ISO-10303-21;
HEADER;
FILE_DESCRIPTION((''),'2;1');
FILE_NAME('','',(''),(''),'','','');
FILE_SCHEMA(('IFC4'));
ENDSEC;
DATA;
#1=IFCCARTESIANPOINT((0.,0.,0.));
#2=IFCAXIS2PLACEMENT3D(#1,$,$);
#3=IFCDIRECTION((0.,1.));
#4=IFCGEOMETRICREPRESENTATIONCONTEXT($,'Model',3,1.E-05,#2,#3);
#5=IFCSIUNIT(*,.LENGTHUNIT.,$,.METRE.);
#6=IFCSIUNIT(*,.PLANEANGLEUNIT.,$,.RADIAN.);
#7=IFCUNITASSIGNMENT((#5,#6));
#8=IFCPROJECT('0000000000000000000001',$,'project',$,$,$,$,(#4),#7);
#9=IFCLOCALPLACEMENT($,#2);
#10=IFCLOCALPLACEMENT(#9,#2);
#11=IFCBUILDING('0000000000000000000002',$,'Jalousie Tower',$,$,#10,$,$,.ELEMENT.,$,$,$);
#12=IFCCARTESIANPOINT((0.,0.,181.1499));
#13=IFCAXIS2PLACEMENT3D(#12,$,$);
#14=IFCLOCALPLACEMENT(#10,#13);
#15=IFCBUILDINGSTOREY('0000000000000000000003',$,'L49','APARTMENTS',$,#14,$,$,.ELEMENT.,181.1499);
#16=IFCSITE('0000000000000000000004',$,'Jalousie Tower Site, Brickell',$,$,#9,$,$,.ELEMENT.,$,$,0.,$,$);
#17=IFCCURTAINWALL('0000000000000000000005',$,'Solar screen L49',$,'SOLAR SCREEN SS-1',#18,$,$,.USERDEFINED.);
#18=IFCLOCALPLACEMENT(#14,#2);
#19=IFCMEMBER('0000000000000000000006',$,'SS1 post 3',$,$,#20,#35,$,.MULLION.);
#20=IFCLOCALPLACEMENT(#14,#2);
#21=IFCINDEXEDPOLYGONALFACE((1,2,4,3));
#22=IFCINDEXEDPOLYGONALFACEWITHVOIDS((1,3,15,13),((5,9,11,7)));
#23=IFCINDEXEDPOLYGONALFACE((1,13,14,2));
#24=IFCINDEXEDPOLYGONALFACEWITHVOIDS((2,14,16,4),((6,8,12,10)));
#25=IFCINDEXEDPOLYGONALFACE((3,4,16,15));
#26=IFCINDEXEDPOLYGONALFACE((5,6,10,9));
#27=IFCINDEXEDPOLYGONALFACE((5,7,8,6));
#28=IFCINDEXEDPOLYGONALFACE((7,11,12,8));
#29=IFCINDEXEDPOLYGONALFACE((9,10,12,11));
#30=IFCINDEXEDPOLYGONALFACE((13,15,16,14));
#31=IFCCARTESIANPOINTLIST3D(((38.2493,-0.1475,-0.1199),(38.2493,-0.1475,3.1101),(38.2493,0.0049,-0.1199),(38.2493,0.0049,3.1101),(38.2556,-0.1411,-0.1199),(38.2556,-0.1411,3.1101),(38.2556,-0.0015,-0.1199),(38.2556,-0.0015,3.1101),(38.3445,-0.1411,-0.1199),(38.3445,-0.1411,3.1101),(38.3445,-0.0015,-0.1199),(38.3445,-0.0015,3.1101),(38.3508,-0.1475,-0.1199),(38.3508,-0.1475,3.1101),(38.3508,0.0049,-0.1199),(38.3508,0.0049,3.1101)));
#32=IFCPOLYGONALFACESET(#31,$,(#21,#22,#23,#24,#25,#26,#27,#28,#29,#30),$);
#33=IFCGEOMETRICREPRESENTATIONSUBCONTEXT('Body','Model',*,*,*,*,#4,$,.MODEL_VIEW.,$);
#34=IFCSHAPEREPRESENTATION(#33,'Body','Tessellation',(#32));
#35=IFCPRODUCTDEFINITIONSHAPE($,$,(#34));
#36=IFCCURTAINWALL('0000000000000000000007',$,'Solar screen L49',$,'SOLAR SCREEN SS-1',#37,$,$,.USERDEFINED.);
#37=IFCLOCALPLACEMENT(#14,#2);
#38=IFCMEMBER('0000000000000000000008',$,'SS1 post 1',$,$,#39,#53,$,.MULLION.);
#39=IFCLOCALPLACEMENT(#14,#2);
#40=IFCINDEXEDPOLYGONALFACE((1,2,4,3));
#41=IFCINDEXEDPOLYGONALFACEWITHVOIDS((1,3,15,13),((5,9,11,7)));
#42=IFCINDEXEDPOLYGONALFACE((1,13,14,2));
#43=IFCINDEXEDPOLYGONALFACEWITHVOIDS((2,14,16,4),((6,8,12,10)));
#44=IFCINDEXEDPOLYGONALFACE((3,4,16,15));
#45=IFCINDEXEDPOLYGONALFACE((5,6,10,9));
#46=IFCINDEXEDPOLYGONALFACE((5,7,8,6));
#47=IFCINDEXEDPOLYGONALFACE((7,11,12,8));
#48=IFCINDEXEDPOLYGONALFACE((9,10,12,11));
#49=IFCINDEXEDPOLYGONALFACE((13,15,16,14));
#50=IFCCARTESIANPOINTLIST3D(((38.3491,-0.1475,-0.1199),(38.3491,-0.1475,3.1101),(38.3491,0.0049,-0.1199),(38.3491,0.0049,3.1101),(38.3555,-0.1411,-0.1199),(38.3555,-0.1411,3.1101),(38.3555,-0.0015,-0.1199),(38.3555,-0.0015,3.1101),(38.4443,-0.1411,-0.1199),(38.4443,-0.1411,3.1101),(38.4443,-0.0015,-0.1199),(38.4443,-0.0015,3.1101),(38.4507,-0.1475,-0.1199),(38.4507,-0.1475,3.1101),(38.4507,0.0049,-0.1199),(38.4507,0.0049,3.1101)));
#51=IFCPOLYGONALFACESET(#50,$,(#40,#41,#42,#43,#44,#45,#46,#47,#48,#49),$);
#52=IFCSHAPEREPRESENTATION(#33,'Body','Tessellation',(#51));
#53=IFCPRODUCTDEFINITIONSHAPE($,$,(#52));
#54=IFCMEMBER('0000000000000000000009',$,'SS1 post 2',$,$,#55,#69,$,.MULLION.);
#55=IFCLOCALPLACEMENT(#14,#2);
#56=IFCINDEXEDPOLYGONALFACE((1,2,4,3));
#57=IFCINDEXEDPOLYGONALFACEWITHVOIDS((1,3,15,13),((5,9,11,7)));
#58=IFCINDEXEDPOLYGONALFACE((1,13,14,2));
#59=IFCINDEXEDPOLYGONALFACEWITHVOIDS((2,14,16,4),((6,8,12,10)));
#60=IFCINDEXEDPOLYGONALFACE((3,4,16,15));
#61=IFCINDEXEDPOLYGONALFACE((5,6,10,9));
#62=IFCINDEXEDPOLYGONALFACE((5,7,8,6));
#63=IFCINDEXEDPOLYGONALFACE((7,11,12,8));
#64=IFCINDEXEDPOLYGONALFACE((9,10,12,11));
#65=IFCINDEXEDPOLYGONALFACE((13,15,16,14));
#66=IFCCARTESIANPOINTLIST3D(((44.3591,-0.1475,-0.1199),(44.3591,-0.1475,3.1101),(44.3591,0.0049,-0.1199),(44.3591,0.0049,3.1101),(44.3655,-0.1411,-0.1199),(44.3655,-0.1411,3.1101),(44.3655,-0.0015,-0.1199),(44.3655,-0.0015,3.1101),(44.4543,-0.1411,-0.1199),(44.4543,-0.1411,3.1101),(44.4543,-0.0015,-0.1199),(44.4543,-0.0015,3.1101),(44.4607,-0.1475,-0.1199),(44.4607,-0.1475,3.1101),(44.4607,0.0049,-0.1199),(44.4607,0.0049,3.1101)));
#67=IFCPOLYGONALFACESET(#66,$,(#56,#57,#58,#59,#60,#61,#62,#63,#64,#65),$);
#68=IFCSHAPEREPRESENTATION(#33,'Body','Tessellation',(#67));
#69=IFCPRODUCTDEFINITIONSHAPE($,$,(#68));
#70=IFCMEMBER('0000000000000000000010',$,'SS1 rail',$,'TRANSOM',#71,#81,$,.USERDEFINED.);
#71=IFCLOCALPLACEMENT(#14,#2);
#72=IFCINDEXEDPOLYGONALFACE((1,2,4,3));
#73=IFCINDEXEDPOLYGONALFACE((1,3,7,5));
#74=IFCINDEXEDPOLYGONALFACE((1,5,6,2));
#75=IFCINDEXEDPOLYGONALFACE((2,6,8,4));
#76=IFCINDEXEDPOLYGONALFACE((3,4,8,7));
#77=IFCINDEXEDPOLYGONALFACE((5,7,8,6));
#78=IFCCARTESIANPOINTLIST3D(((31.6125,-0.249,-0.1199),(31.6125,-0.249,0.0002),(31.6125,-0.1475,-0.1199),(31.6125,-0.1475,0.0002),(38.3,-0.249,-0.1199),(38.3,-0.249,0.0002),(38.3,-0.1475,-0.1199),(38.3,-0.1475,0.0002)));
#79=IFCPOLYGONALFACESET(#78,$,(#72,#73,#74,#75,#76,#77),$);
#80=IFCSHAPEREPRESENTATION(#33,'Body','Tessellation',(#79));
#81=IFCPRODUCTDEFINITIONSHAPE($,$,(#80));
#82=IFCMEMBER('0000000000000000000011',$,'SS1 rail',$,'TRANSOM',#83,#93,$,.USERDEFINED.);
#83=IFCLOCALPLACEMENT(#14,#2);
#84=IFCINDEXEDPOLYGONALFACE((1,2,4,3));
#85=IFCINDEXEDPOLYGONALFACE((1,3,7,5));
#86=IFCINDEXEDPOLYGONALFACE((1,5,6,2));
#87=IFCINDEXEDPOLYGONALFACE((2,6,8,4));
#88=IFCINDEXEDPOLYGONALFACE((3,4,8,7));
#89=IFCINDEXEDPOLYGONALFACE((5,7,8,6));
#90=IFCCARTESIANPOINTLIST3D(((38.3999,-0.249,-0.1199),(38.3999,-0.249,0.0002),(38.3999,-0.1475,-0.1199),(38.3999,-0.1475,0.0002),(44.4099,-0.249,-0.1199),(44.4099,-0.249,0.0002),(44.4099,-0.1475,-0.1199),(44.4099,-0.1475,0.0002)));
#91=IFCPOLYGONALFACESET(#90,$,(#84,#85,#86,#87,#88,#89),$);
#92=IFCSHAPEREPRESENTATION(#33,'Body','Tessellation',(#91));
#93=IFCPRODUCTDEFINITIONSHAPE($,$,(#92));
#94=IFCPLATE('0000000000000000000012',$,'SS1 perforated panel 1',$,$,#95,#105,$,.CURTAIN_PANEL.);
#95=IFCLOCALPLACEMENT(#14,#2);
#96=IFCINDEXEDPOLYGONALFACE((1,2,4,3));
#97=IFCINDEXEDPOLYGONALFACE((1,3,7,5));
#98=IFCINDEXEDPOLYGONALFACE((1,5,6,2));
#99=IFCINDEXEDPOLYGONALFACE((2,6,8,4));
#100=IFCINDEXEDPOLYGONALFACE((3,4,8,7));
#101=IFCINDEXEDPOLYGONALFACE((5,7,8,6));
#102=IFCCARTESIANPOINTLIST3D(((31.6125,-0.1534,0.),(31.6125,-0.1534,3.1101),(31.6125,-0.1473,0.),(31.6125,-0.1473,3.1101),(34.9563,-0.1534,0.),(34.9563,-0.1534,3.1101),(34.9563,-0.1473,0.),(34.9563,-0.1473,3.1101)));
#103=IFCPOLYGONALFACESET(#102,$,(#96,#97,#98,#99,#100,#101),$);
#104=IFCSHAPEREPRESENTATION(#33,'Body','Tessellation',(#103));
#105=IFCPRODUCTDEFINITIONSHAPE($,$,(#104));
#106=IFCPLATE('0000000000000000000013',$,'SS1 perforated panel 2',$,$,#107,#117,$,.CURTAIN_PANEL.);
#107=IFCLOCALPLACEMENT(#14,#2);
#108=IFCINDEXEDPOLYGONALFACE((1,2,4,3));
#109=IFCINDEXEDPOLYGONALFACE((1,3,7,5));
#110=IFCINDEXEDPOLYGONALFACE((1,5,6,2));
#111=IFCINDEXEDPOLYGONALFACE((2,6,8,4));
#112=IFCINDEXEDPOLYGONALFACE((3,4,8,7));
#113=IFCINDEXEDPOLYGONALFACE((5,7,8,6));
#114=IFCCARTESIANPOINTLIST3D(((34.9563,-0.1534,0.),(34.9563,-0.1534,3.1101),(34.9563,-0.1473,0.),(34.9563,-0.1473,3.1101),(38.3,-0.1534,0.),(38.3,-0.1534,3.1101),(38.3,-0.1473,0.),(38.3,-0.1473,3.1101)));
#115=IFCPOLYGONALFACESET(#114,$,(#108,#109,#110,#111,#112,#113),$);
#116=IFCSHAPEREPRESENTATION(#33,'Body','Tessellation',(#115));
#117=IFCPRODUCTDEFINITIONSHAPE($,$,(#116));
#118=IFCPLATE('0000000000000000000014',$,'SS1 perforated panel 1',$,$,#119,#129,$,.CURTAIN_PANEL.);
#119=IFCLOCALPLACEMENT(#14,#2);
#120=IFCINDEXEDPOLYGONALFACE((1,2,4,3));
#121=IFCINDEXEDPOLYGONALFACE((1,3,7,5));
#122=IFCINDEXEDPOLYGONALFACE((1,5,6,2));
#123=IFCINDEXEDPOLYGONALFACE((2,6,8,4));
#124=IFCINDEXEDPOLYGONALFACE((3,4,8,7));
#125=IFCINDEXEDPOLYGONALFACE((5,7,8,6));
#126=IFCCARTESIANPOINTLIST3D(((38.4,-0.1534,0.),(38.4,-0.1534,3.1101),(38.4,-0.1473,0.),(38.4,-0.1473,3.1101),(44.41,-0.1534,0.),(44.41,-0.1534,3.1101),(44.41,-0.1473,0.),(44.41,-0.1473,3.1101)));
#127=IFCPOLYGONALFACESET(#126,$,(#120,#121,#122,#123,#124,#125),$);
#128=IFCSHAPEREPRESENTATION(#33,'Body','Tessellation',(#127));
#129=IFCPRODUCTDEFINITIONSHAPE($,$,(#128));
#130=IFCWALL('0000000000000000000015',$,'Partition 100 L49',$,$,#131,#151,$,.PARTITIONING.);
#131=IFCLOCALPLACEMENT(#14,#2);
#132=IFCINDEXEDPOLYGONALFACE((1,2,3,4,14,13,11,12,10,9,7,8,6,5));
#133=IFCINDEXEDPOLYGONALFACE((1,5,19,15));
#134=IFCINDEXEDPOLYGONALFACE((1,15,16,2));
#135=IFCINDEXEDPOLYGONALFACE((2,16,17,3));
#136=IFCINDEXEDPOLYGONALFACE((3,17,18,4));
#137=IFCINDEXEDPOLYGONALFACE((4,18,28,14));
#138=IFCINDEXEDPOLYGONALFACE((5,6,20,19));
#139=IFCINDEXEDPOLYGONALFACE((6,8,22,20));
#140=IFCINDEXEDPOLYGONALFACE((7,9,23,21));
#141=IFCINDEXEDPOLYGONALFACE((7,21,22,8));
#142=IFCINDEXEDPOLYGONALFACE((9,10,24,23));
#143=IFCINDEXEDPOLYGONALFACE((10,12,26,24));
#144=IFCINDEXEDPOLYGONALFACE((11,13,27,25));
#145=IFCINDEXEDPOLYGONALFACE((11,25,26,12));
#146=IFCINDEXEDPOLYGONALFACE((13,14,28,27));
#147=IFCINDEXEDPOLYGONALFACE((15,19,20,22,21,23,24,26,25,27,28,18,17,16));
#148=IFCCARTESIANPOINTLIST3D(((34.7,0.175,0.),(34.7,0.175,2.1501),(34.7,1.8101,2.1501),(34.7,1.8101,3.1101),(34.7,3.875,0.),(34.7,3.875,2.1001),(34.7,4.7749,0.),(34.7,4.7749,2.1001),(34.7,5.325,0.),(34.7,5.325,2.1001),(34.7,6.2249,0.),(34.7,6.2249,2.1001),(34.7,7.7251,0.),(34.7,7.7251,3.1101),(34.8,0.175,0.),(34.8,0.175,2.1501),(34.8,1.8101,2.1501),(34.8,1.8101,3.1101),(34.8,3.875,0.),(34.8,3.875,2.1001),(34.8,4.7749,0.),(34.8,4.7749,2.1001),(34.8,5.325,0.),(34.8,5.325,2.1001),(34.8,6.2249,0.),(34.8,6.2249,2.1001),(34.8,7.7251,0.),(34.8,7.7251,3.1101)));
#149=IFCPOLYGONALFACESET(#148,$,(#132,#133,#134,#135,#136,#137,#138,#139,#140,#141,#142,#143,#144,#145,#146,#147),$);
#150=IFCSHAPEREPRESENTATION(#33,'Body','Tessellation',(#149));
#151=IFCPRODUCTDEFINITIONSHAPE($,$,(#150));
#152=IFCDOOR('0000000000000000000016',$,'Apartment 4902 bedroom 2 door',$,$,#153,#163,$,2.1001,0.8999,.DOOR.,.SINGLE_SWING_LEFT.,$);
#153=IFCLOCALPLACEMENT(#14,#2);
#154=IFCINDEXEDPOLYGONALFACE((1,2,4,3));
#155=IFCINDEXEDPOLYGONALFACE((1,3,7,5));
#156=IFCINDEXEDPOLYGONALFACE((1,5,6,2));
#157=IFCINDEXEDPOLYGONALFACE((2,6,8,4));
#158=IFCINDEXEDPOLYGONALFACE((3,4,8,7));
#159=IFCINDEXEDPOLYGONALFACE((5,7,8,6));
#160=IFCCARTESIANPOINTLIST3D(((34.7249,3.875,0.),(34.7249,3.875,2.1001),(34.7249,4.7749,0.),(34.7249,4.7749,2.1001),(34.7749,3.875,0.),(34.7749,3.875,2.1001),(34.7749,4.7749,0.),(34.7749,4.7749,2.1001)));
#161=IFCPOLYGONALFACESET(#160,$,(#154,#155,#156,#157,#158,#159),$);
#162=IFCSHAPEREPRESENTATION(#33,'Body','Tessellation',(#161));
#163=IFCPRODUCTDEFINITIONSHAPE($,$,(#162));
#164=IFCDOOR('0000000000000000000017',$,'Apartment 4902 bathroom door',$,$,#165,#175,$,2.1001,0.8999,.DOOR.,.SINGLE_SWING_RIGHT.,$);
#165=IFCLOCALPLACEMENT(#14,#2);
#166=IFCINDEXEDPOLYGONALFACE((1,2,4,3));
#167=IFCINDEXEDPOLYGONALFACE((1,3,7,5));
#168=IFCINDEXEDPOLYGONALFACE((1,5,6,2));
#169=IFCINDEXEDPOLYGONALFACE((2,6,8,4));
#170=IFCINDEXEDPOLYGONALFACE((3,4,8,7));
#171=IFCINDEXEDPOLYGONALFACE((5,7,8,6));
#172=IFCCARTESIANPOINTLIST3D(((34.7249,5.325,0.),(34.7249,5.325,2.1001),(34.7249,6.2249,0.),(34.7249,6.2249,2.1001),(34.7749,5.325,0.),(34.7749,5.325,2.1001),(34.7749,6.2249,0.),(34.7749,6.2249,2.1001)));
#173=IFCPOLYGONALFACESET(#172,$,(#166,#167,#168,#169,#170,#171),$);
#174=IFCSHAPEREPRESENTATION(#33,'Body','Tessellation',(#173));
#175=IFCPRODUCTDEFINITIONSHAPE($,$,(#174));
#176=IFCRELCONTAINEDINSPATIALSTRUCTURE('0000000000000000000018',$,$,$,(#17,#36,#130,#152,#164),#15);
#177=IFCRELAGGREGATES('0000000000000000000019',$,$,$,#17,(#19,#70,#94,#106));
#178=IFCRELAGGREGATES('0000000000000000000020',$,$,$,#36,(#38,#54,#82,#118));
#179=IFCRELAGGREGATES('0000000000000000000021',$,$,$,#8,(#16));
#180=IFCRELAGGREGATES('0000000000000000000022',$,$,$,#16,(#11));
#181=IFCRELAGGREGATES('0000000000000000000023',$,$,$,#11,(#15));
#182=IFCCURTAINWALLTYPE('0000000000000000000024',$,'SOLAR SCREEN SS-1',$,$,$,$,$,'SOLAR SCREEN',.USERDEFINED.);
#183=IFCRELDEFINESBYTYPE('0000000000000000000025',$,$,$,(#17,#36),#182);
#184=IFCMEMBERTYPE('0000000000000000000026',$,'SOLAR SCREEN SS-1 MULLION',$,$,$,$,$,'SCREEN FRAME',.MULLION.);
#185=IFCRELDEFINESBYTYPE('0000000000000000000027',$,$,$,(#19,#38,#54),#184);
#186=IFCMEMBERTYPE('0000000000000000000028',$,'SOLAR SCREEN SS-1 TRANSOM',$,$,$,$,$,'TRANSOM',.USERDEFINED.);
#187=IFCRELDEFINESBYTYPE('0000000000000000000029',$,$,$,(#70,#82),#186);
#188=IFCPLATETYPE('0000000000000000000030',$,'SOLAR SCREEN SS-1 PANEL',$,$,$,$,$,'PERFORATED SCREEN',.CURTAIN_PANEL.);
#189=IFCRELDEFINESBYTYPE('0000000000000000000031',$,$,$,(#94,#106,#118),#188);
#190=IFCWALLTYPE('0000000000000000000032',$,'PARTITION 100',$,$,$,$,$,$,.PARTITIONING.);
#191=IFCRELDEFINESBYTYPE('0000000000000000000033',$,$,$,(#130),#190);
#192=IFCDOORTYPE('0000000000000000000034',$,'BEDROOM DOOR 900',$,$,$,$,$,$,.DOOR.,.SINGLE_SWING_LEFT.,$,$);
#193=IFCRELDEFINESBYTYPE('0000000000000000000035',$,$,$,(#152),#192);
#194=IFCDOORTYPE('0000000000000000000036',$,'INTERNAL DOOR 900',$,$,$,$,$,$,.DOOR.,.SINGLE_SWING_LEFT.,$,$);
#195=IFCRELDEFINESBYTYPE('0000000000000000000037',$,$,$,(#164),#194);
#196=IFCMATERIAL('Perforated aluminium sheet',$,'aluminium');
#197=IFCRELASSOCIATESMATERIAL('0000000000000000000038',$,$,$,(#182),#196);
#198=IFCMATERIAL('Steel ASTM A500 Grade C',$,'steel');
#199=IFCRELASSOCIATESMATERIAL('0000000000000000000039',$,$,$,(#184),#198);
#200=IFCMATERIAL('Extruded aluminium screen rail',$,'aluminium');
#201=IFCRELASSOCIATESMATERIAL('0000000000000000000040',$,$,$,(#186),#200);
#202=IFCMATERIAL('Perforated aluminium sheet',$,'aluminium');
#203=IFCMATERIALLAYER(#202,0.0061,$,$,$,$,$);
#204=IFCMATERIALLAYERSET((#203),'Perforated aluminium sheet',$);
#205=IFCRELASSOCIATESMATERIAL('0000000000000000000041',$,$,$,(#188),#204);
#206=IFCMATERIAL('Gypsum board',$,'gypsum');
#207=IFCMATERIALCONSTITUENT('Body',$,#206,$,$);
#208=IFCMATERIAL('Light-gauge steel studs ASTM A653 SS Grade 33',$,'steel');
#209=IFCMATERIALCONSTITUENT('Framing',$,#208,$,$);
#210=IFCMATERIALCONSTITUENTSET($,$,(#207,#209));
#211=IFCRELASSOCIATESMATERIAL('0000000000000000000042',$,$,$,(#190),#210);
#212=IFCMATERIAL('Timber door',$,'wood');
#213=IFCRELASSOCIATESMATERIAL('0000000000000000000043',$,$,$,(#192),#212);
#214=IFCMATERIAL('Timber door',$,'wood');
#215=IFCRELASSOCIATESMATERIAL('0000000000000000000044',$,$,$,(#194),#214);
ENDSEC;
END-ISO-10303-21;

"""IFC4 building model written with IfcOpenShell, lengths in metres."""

from ifc_helpers import new_model, si_unit, direction, frame, frame_2d, origin, origin_2d, place, context, subcontext, project, spatial, polyline, rectangle, hollow_rectangle, outline, extrude, material, layer, layer_set, constituent, constituent_set, material_profile, profile_set, type_object, element, fill, aggregate, save


model = new_model("IFC4")

# Units and contexts
model_context = context("Model", 3, precision=1e-05, world=origin(), true_north=direction((0.0, 1.0)))
body_context = subcontext(model_context, "Body", "Model", "MODEL_VIEW")
ifc_project = project(units=[si_unit("LENGTHUNIT", "METRE"), si_unit("PLANEANGLEUNIT", "RADIAN")], contexts=[model_context])

# Site, building, storey
site_placement = place(None, origin())
site = spatial("IfcSite", under=ifc_project, at=site_placement, Name="Jalousie Tower Site, Brickell", CompositionType="ELEMENT", RefElevation=0.0)
building_placement = place(site_placement, origin())
building = spatial("IfcBuilding", under=site, at=building_placement, Name="Jalousie Tower", CompositionType="ELEMENT")
storey_placement = place(building_placement, frame((0.0, 0.0, 181.1499)))
storey = spatial("IfcBuildingStorey", under=building, at=storey_placement, Name="L49", Description="APARTMENTS", CompositionType="ELEMENT", Elevation=181.1499)

# Curtain walls, members
ifc_material_1 = material(Name="Perforated aluminium sheet", Category="aluminium")
curtain_wall_type = type_object("IfcCurtainWallType", Name="SOLAR SCREEN SS-1", ElementType="SOLAR SCREEN", PredefinedType="USERDEFINED", material=ifc_material_1)
curtain_wall_1_placement = place(storey_placement, origin())
curtain_wall_1 = element("IfcCurtainWall", 1, at=curtain_wall_1_placement, inside=storey, type_object=curtain_wall_type, Name="Solar screen L49", ObjectType="SOLAR SCREEN SS-1", PredefinedType="USERDEFINED")
ifc_material_2 = material(Name="Steel ASTM A500 Grade C", Category="steel")
ifc_material_profile_1 = material_profile(ifc_material_2, hollow_rectangle(XDim=0.1016, YDim=0.1523, WallThickness=0.0063, at=origin_2d()), Name="HSS6X4X1/4")
ifc_profile_set_1 = profile_set([ifc_material_profile_1], Name="Steel ASTM A500 Grade C")
member_type_1 = type_object("IfcMemberType", Name="SOLAR SCREEN SS-1 MULLION", ElementType="SCREEN FRAME", PredefinedType="MULLION", material=ifc_profile_set_1)
member_1_placement = place(storey_placement, frame((38.3, -0.0713, -0.1199), z_axis=(0.0, 0.0, 1.0), x_axis=(1.0, 0.0, 0.0)))
member_1 = element("IfcMember", 2, at=member_1_placement, type_object=member_type_1, Name="SS1 post 3", PredefinedType="MULLION", context=body_context, shape_type="SweptSolid", body=[
    extrude(hollow_rectangle(XDim=0.1016, YDim=0.1523, WallThickness=0.0063, at=origin_2d()), origin(), (0.0, 0.0, 1.0), 3.23),
])
curtain_wall_2_placement = place(storey_placement, origin())
curtain_wall_2 = element("IfcCurtainWall", 3, at=curtain_wall_2_placement, inside=storey, type_object=curtain_wall_type, Name="Solar screen L49", ObjectType="SOLAR SCREEN SS-1", PredefinedType="USERDEFINED")
member_2_placement = place(storey_placement, frame((38.3999, -0.0713, -0.1199), z_axis=(0.0, 0.0, 1.0), x_axis=(1.0, 0.0, 0.0)))
member_2 = element("IfcMember", 4, at=member_2_placement, type_object=member_type_1, Name="SS1 post 1", PredefinedType="MULLION", context=body_context, shape_type="SweptSolid", body=[
    extrude(hollow_rectangle(XDim=0.1016, YDim=0.1523, WallThickness=0.0063, at=origin_2d()), origin(), (0.0, 0.0, 1.0), 3.23),
])
member_3_placement = place(storey_placement, frame((44.4099, -0.0713, -0.1199), z_axis=(0.0, 0.0, 1.0), x_axis=(1.0, 0.0, 0.0)))
member_3 = element("IfcMember", 5, at=member_3_placement, type_object=member_type_1, Name="SS1 post 2", PredefinedType="MULLION", context=body_context, shape_type="SweptSolid", body=[
    extrude(hollow_rectangle(XDim=0.1016, YDim=0.1523, WallThickness=0.0063, at=origin_2d()), origin(), (0.0, 0.0, 1.0), 3.23),
])

# Members
ifc_material_3 = material(Name="Extruded aluminium screen rail", Category="aluminium")
ifc_material_profile_2 = material_profile(ifc_material_3, rectangle(XDim=0.1016, YDim=0.1201, at=origin_2d()), Name="RAIL 102x120")
ifc_profile_set_2 = profile_set([ifc_material_profile_2], Name="Extruded aluminium screen rail")
member_type_2 = type_object("IfcMemberType", Name="SOLAR SCREEN SS-1 TRANSOM", ElementType="TRANSOM", PredefinedType="USERDEFINED", material=ifc_profile_set_2)
member_4_placement = place(storey_placement, frame((31.6125, -0.1982, -0.0598), z_axis=(1.0, 0.0, 0.0), x_axis=(0.0, 1.0, 0.0)))
member_4 = element("IfcMember", 6, at=member_4_placement, type_object=member_type_2, Name="SS1 rail", ObjectType="TRANSOM", PredefinedType="USERDEFINED", context=body_context, shape_type="SweptSolid", body=[
    extrude(rectangle(XDim=0.1016, YDim=0.1201, at=origin_2d()), origin(), (0.0, 0.0, 1.0), 6.6875),
])
member_5_placement = place(storey_placement, frame((38.3999, -0.1982, -0.0598), z_axis=(1.0, 0.0, 0.0), x_axis=(0.0, 1.0, 0.0)))
member_5 = element("IfcMember", 7, at=member_5_placement, type_object=member_type_2, Name="SS1 rail", ObjectType="TRANSOM", PredefinedType="USERDEFINED", context=body_context, shape_type="SweptSolid", body=[
    extrude(rectangle(XDim=0.1016, YDim=0.1201, at=origin_2d()), origin(), (0.0, 0.0, 1.0), 6.01),
])

# Plates
ifc_material_4 = material(Name="Perforated aluminium sheet", Category="aluminium")
ifc_layer = layer(ifc_material_4, 0.0061)
ifc_layer_set = layer_set([ifc_layer], Name="Perforated aluminium sheet")
plate_type = type_object("IfcPlateType", Name="SOLAR SCREEN SS-1 PANEL", ElementType="PERFORATED SCREEN", PredefinedType="CURTAIN_PANEL", material=ifc_layer_set)
plate_1_placement = place(storey_placement, frame((33.2844, -0.1504, 0.0), z_axis=(0.0, 0.0, 1.0), x_axis=(1.0, 0.0, 0.0)))
plate_1 = element("IfcPlate", 8, at=plate_1_placement, type_object=plate_type, Name="SS1 perforated panel 1", PredefinedType="CURTAIN_PANEL", context=body_context, shape_type="SweptSolid", body=[
    extrude(rectangle(XDim=3.3438, YDim=0.0061, at=origin_2d()), origin(), (0.0, 0.0, 1.0), 3.1101),
])
plate_2_placement = place(storey_placement, frame((36.6282, -0.1504, 0.0), z_axis=(0.0, 0.0, 1.0), x_axis=(1.0, 0.0, 0.0)))
plate_2 = element("IfcPlate", 9, at=plate_2_placement, type_object=plate_type, Name="SS1 perforated panel 2", PredefinedType="CURTAIN_PANEL", context=body_context, shape_type="SweptSolid", body=[
    extrude(rectangle(XDim=3.3438, YDim=0.0061, at=origin_2d()), origin(), (0.0, 0.0, 1.0), 3.1101),
])
aggregate(curtain_wall_1, [member_1, member_4, plate_1, plate_2])
plate_3_placement = place(storey_placement, frame((41.405, -0.1504, 0.0), z_axis=(0.0, 0.0, 1.0), x_axis=(1.0, 0.0, 0.0)))
plate_3 = element("IfcPlate", 10, at=plate_3_placement, type_object=plate_type, Name="SS1 perforated panel 1", PredefinedType="CURTAIN_PANEL", context=body_context, shape_type="SweptSolid", body=[
    extrude(rectangle(XDim=6.01, YDim=0.0061, at=origin_2d()), origin(), (0.0, 0.0, 1.0), 3.1101),
])
aggregate(curtain_wall_2, [member_2, member_3, member_5, plate_3])

# Wall, openings, doors
ifc_material_5 = material(Name="Gypsum board", Category="gypsum")
ifc_constituent_1 = constituent(ifc_material_5, Name="Body")
ifc_material_6 = material(Name="Light-gauge steel studs ASTM A653 SS Grade 33", Category="steel")
ifc_constituent_2 = constituent(ifc_material_6, Name="Framing")
ifc_constituent_set_1 = constituent_set(constituents=[ifc_constituent_1, ifc_constituent_2])
wall_type_1 = type_object("IfcWallType", Name="PARTITION 100", PredefinedType="PARTITIONING", material=ifc_constituent_set_1)
wall_1_placement = place(storey_placement, frame((34.75, 0.175, 0.0), z_axis=(0.0, 0.0, 1.0), x_axis=(0.0, 1.0, 0.0)))
wall_1 = element("IfcWall", 11, at=wall_1_placement, inside=storey, type_object=wall_type_1, Name="Partition 100 L49", PredefinedType="PARTITIONING", context=body_context, shape_type="SweptSolid", body=[
    extrude(outline(polyline([(0.0, 0.0), (7.55, 0.0), (7.55, 3.1101), (1.635, 3.1101), (1.635, 2.1501), (0.0, 2.1501), (0.0, 3.1101), (0.0, 0.0)])), frame((0.0, 0.05, 0.0), z_axis=(0.0, -1.0, 0.0), x_axis=(1.0, 0.0, 0.0)), (0.0, 0.0, 1.0), 0.1001),
])
opening_1_placement = place(wall_1_placement, frame((3.7, 0.0, 0.0)))
opening_1 = element("IfcOpeningElement", 12, at=opening_1_placement, cuts=wall_1, PredefinedType="OPENING", context=body_context, shape_type="SweptSolid", body=[
    extrude(rectangle(XDim=0.8999, YDim=2.1001, at=frame_2d((0.45, 1.05))), frame((0.0, 0.0601, 0.0), z_axis=(0.0, -1.0, 0.0), x_axis=(1.0, 0.0, 0.0)), (0.0, 0.0, 1.0), 0.1201),
])
opening_2_placement = place(wall_1_placement, frame((5.1499, 0.0, 0.0)))
opening_2 = element("IfcOpeningElement", 13, at=opening_2_placement, cuts=wall_1, PredefinedType="OPENING", context=body_context, shape_type="SweptSolid", body=[
    extrude(rectangle(XDim=0.8999, YDim=2.1001, at=frame_2d((0.45, 1.05))), frame((0.0, 0.0601, 0.0), z_axis=(0.0, -1.0, 0.0), x_axis=(1.0, 0.0, 0.0)), (0.0, 0.0, 1.0), 0.1201),
])
ifc_material_7 = material(Name="Timber door", Category="wood")
door_type_1 = type_object("IfcDoorType", Name="BEDROOM DOOR 900", OperationType="SINGLE_SWING_LEFT", PredefinedType="DOOR", material=ifc_material_7)
door_1_placement = place(opening_1_placement, frame((0.8999, 0.0, 0.0), z_axis=(0.0, 0.0, 1.0), x_axis=(-1.0, 0.0, 0.0)))
door_1 = element("IfcDoor", 14, at=door_1_placement, inside=storey, type_object=door_type_1, Name="Apartment 4902 bedroom 2 door", OperationType="SINGLE_SWING_LEFT", OverallHeight=2.1001, OverallWidth=0.8999, PredefinedType="DOOR", context=body_context, shape_type="SweptSolid", body=[
    extrude(rectangle(XDim=0.8999, YDim=2.1001, at=frame_2d((0.45, 1.05))), frame((0.0, 0.0249, 0.0), z_axis=(0.0, -1.0, 0.0), x_axis=(1.0, 0.0, 0.0)), (0.0, 0.0, 1.0), 0.05),
])
fill(opening_1, door_1)
ifc_material_8 = material(Name="Timber door", Category="wood")
door_type_2 = type_object("IfcDoorType", Name="INTERNAL DOOR 900", OperationType="SINGLE_SWING_LEFT", PredefinedType="DOOR", material=ifc_material_8)
door_2_placement = place(opening_2_placement, frame((0.8999, 0.0, 0.0), z_axis=(0.0, 0.0, 1.0), x_axis=(-1.0, 0.0, 0.0)))
door_2 = element("IfcDoor", 15, at=door_2_placement, inside=storey, type_object=door_type_2, Name="Apartment 4902 bathroom door", OperationType="SINGLE_SWING_RIGHT", OverallHeight=2.1001, OverallWidth=0.8999, PredefinedType="DOOR", context=body_context, shape_type="SweptSolid", body=[
    extrude(rectangle(XDim=0.8999, YDim=2.1001, at=frame_2d((0.45, 1.05))), frame((0.0, 0.0249, 0.0), z_axis=(0.0, -1.0, 0.0), x_axis=(1.0, 0.0, 0.0)), (0.0, 0.0, 1.0), 0.05),
])
fill(opening_2, door_2)

save(model, "model.ifc")
